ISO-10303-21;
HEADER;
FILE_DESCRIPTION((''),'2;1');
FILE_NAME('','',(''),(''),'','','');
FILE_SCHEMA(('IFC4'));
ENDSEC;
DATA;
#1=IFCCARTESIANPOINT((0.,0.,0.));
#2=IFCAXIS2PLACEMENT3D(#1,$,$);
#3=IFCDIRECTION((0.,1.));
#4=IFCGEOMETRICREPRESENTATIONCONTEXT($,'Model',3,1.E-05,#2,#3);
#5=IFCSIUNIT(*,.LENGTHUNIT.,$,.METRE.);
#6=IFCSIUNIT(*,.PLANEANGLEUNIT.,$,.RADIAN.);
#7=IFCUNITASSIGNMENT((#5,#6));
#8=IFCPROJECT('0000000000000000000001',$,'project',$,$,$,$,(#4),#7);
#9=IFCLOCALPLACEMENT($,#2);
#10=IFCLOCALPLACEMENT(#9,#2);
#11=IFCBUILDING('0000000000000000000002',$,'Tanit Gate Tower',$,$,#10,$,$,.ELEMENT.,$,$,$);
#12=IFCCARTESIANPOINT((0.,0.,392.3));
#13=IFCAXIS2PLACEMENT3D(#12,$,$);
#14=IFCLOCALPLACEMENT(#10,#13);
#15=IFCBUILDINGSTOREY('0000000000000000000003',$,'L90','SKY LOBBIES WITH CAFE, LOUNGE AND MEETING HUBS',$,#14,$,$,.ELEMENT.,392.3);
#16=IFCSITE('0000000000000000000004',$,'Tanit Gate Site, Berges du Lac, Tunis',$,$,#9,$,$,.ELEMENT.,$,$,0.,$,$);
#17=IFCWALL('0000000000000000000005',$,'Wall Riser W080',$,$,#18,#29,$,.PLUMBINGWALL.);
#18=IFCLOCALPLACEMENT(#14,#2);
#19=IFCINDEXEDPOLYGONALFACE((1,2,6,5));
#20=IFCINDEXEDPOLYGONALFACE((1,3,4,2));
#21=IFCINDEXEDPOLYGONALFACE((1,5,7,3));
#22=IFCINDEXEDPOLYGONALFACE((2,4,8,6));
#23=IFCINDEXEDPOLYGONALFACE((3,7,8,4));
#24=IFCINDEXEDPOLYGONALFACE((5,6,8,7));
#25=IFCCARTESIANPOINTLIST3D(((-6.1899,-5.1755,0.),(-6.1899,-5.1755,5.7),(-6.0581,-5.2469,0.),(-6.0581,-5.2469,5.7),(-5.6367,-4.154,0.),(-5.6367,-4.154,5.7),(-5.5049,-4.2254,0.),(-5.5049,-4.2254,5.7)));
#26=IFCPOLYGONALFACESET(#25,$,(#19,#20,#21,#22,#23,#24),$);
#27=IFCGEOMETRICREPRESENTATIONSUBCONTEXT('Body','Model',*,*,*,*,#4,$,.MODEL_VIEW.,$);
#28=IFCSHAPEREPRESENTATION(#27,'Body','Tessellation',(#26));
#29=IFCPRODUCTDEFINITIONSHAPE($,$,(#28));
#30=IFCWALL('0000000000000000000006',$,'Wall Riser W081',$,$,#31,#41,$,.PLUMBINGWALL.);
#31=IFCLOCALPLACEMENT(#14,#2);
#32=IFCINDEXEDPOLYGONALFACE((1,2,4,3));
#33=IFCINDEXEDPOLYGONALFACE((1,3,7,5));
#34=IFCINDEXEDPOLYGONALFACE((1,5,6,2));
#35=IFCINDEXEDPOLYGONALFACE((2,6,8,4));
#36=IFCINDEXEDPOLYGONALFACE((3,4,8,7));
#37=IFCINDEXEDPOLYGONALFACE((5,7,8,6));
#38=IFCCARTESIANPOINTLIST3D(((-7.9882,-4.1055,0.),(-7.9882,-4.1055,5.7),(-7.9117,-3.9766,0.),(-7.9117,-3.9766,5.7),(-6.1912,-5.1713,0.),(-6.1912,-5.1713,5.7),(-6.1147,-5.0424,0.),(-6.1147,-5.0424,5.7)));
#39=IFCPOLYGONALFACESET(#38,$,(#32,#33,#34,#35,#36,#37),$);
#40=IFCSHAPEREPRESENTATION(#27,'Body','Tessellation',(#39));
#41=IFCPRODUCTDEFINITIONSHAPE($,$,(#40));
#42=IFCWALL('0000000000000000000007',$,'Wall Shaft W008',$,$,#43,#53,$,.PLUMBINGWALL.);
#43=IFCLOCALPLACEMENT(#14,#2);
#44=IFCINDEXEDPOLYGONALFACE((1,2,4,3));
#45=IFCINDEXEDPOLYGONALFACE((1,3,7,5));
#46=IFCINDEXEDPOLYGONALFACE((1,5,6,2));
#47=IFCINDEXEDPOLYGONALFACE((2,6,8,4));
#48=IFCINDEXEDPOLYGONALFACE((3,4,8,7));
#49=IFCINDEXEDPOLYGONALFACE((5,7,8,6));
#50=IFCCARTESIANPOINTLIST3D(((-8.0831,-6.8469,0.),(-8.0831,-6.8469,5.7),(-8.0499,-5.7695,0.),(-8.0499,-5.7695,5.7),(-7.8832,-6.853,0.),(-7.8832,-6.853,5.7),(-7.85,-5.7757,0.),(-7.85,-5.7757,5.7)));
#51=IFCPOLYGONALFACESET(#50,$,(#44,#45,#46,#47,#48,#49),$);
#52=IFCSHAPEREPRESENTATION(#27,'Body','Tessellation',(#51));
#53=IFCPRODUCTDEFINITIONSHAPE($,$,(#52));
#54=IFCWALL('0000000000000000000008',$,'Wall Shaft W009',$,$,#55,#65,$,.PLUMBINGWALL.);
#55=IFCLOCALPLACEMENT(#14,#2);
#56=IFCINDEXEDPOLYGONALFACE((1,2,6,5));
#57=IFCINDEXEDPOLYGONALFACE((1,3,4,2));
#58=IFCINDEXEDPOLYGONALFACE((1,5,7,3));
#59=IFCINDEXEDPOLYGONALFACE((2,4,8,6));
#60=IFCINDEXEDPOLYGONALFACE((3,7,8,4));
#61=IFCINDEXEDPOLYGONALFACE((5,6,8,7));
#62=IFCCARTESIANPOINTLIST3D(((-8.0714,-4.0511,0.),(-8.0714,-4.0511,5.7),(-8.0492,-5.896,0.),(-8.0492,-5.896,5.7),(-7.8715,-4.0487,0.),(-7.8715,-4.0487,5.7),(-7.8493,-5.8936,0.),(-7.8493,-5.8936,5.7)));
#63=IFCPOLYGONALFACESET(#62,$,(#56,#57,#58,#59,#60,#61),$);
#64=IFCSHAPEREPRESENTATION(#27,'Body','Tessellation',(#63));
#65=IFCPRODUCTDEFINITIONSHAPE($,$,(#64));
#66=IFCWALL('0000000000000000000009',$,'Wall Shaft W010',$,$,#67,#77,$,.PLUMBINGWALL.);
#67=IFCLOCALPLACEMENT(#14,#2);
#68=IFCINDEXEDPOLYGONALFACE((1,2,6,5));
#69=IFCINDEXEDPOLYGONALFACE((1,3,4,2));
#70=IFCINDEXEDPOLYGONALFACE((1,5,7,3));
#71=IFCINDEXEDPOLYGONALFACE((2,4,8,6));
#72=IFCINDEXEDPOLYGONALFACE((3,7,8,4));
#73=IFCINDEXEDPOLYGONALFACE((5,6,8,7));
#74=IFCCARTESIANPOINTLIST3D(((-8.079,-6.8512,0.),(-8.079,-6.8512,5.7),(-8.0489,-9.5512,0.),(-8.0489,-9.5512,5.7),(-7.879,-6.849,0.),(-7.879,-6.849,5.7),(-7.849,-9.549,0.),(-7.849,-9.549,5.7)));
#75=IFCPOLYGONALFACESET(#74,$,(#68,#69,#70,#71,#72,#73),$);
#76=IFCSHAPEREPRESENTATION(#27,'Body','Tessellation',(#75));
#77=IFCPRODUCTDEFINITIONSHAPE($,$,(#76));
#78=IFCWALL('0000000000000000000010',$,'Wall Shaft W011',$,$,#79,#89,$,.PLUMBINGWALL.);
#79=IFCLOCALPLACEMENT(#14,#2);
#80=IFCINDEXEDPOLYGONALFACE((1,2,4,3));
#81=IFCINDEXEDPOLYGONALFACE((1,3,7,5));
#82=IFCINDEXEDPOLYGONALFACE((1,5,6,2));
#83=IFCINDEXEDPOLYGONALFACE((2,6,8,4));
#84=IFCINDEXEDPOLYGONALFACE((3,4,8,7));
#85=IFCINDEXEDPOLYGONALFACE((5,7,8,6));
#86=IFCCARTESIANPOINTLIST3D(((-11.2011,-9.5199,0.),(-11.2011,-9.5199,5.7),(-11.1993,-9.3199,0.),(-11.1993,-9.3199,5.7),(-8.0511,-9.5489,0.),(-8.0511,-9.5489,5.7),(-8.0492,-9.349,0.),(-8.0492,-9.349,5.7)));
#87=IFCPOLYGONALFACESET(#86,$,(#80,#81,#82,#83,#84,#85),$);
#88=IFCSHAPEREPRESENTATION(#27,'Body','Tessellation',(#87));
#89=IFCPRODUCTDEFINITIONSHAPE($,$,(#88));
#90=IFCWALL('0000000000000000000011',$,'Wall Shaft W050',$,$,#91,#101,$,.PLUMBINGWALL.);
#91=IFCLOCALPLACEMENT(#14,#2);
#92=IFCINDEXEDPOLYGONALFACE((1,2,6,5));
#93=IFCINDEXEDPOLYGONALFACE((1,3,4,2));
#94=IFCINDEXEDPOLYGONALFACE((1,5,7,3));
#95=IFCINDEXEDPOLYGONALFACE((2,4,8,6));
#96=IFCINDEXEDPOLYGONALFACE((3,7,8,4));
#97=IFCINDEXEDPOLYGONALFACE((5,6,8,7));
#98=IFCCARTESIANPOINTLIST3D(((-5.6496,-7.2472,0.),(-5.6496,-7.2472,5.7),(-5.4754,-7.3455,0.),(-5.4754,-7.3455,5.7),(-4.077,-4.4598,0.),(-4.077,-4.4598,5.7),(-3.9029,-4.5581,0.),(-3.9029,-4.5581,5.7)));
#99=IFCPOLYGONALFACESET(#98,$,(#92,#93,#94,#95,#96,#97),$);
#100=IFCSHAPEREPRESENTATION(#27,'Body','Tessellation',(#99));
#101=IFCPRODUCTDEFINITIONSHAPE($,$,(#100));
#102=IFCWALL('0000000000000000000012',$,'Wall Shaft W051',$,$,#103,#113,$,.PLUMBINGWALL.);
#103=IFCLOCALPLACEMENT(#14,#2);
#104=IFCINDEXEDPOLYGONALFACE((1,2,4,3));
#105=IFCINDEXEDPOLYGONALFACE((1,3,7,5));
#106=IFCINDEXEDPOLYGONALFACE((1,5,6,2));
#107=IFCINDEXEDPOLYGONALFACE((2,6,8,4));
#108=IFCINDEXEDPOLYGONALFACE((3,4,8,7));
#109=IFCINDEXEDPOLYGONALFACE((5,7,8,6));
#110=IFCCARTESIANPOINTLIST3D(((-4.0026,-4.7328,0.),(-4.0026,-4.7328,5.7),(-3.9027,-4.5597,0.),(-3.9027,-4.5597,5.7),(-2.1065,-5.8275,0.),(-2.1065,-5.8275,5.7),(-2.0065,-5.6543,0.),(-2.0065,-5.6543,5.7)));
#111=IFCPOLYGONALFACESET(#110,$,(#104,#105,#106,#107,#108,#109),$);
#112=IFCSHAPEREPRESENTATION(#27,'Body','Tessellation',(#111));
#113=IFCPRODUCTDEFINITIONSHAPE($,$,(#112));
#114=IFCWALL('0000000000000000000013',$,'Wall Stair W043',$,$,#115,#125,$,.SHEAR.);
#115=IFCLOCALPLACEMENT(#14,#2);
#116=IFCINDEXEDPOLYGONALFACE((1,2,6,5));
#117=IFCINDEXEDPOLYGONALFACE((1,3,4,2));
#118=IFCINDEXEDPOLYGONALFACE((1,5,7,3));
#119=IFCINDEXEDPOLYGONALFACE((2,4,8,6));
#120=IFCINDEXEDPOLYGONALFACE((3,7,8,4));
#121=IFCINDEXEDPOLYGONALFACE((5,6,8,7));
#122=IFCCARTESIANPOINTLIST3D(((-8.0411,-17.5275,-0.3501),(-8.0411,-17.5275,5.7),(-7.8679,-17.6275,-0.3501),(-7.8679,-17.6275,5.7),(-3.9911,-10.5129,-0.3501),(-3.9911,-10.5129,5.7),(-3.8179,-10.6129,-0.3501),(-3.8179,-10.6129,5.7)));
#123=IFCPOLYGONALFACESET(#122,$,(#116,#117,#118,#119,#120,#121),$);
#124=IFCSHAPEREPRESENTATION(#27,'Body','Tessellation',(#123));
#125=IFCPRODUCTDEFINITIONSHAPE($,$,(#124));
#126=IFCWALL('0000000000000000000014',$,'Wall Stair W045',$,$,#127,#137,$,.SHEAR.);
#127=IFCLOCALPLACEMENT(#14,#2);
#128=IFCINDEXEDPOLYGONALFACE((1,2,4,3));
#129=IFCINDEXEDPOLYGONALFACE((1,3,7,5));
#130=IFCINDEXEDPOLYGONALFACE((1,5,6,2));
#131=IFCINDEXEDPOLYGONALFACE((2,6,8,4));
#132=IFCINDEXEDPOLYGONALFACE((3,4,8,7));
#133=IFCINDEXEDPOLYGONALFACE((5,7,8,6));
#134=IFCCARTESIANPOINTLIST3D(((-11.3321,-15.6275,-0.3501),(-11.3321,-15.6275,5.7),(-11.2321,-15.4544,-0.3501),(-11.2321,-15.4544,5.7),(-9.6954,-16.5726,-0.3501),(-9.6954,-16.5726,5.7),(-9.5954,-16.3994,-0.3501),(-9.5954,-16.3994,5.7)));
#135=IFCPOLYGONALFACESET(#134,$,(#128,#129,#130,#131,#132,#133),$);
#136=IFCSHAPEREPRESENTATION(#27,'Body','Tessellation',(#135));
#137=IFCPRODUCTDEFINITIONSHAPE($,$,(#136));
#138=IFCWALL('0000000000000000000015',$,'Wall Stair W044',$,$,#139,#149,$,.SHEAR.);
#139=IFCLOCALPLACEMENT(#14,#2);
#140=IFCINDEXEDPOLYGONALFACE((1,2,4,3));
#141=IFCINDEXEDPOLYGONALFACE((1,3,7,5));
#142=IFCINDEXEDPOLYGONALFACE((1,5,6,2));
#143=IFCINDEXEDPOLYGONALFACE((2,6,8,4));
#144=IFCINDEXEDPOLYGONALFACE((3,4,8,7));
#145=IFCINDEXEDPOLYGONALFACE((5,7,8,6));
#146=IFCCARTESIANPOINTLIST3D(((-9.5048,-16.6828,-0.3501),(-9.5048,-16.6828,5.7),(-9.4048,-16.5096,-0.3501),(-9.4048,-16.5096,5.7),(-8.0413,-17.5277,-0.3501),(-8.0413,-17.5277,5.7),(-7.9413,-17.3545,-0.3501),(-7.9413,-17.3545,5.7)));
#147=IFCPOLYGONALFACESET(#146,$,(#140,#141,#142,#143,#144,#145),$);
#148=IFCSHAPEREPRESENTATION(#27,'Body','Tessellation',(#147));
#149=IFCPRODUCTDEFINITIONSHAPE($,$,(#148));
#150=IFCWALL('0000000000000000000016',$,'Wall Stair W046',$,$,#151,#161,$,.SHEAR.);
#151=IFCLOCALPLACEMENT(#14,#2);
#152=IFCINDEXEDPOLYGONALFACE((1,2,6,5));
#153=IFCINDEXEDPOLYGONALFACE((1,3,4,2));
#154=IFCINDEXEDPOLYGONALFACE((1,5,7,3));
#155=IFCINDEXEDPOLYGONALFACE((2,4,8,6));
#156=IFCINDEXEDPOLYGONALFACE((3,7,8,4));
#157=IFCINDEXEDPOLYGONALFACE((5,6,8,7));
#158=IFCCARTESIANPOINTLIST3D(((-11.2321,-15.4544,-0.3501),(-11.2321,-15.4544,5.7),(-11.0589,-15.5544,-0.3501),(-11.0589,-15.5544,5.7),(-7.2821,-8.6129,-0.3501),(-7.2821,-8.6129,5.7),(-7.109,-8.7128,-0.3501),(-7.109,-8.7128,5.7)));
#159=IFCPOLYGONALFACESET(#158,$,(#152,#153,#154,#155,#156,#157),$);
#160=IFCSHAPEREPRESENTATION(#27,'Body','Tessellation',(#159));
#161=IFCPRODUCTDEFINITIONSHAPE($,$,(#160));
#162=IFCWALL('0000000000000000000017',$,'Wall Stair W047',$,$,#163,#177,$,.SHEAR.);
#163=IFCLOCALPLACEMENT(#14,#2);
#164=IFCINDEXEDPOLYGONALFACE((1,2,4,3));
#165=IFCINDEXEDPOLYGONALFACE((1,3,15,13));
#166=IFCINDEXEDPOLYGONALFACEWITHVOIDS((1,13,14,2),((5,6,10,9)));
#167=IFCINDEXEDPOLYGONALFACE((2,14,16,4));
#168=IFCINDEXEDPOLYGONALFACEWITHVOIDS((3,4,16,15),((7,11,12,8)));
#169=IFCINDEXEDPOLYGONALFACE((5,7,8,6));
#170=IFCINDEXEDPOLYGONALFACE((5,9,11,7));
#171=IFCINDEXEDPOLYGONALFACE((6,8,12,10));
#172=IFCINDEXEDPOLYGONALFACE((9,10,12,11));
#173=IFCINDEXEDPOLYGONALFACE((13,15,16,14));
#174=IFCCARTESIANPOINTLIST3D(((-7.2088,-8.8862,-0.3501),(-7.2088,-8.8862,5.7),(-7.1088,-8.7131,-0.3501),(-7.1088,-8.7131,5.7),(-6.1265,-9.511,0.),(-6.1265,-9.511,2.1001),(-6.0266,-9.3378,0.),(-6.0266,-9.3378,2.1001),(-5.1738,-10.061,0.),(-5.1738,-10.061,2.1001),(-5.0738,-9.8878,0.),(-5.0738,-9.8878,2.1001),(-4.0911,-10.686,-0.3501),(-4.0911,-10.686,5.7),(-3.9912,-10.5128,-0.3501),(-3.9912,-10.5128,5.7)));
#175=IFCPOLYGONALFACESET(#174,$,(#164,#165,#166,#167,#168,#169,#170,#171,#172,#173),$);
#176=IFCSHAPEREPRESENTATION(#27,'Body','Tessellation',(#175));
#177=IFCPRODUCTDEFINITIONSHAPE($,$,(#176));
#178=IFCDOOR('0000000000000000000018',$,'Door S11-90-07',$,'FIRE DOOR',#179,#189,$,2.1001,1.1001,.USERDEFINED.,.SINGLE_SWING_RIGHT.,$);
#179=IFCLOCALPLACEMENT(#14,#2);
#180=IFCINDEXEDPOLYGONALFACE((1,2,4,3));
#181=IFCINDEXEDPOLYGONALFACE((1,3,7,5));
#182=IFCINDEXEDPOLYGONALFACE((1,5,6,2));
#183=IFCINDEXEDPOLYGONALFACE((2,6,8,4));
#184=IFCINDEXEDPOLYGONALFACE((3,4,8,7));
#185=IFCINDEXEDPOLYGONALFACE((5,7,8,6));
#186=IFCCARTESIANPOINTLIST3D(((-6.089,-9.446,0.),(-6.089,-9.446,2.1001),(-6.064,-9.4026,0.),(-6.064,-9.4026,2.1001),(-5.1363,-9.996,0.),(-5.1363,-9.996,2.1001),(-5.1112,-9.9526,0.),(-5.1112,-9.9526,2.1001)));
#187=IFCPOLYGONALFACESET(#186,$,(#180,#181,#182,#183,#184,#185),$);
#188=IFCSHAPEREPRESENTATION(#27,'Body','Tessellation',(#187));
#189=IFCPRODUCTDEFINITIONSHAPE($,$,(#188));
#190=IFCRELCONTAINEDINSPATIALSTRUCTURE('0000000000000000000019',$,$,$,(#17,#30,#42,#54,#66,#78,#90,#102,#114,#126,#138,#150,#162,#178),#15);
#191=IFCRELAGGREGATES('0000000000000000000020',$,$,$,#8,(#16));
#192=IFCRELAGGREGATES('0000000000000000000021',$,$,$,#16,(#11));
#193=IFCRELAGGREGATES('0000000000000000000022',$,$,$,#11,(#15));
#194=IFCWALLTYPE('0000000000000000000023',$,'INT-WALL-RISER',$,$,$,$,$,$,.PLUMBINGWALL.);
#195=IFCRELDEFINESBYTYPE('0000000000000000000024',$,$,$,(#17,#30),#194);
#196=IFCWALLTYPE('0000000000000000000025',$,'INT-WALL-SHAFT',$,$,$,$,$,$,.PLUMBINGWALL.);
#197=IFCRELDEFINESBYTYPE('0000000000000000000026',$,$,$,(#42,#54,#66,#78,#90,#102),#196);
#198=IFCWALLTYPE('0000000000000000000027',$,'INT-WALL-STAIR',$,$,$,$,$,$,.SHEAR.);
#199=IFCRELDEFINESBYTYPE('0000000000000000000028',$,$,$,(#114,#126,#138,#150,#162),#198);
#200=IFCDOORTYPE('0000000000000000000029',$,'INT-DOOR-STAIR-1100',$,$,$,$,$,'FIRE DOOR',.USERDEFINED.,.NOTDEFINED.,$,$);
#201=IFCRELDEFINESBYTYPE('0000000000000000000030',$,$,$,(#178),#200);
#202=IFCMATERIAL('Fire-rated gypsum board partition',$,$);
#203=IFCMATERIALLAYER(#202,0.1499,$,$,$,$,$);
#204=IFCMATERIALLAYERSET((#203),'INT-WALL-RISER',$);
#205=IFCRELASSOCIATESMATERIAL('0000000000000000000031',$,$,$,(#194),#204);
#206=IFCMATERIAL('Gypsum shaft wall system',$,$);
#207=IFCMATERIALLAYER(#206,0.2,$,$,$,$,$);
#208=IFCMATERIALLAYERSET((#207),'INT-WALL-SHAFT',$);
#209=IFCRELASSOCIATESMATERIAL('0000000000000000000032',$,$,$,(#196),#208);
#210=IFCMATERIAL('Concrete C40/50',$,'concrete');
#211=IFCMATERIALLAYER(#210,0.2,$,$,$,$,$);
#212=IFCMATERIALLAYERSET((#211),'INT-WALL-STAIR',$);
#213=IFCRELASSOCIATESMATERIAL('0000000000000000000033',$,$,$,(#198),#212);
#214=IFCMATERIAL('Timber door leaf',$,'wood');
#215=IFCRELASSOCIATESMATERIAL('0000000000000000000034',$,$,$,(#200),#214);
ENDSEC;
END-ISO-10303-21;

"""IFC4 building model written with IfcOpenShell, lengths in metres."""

from ifc_helpers import new_model, si_unit, direction, frame, frame_2d, origin, place, context, subcontext, project, spatial, rectangle, extrude, material, layer, layer_set, type_object, element, fill, save


model = new_model("IFC4")

# Units and contexts
model_context = context("Model", 3, precision=1e-05, world=origin(), true_north=direction((0.0, 1.0)))
body_context = subcontext(model_context, "Body", "Model", "MODEL_VIEW")
ifc_project = project(units=[si_unit("LENGTHUNIT", "METRE"), si_unit("PLANEANGLEUNIT", "RADIAN")], contexts=[model_context])

# Site, building, storey
site_placement = place(None, origin())
site = spatial("IfcSite", under=ifc_project, at=site_placement, Name="Tanit Gate Site, Berges du Lac, Tunis", CompositionType="ELEMENT", RefElevation=0.0)
building_placement = place(site_placement, origin())
building = spatial("IfcBuilding", under=site, at=building_placement, Name="Tanit Gate Tower", CompositionType="ELEMENT")
storey_placement = place(building_placement, frame((0.0, 0.0, 392.3)))
storey = spatial("IfcBuildingStorey", under=building, at=storey_placement, Name="L90", Description="SKY LOBBIES WITH CAFE, LOUNGE AND MEETING HUBS", CompositionType="ELEMENT", Elevation=392.3)

# Walls
ifc_material_1 = material(Name="Fire-rated gypsum board partition")
ifc_layer_1 = layer(ifc_material_1, 0.1499)
ifc_layer_set_1 = layer_set([ifc_layer_1], Name="INT-WALL-RISER")
wall_type_1 = type_object("IfcWallType", Name="INT-WALL-RISER", PredefinedType="PLUMBINGWALL", material=ifc_layer_set_1)
wall_1_placement = place(storey_placement, frame((-6.124, -5.2112, 0.0), z_axis=(0.0, 0.0, 1.0), x_axis=(0.476229, 0.879321, 0.0)))
element("IfcWall", 1, at=wall_1_placement, inside=storey, type_object=wall_type_1, Name="Wall Riser W080", PredefinedType="PLUMBINGWALL", context=body_context, shape_type="SweptSolid", body=[
    extrude(rectangle(XDim=1.1616, YDim=0.1499, at=frame_2d((0.5808, 0.0))), origin(), (0.0, 0.0, 1.0), 5.7),
])
wall_2_placement = place(storey_placement, frame((-7.95, -4.041, 0.0), z_axis=(0.0, 0.0, 1.0), x_axis=(0.86009, -0.510142, 0.0)))
element("IfcWall", 2, at=wall_2_placement, inside=storey, type_object=wall_type_1, Name="Wall Riser W081", PredefinedType="PLUMBINGWALL", context=body_context, shape_type="SweptSolid", body=[
    extrude(rectangle(XDim=2.0894, YDim=0.1499, at=frame_2d((1.0447, 0.0))), origin(), (0.0, 0.0, 1.0), 5.7),
])
ifc_material_2 = material(Name="Gypsum shaft wall system")
ifc_layer_2 = layer(ifc_material_2, 0.2)
ifc_layer_set_2 = layer_set([ifc_layer_2], Name="INT-WALL-SHAFT")
wall_type_2 = type_object("IfcWallType", Name="INT-WALL-SHAFT", PredefinedType="PLUMBINGWALL", material=ifc_layer_set_2)
wall_3_placement = place(storey_placement, frame((-7.95, -5.7725, 0.0), z_axis=(0.0, 0.0, 1.0), x_axis=(-0.030803, -0.999525, 0.0)))
element("IfcWall", 3, at=wall_3_placement, inside=storey, type_object=wall_type_2, Name="Wall Shaft W008", PredefinedType="PLUMBINGWALL", context=body_context, shape_type="SweptSolid", body=[
    extrude(rectangle(XDim=1.0779, YDim=0.2, at=frame_2d((0.5391, 0.0))), origin(), (0.0, 0.0, 1.0), 5.7),
])
wall_4_placement = place(storey_placement, frame((-7.9714, -4.05, 0.0), z_axis=(0.0, 0.0, 1.0), x_axis=(0.012043, -0.999927, 0.0)))
element("IfcWall", 4, at=wall_4_placement, inside=storey, type_object=wall_type_2, Name="Wall Shaft W009", PredefinedType="PLUMBINGWALL", context=body_context, shape_type="SweptSolid", body=[
    extrude(rectangle(XDim=1.845, YDim=0.2, at=frame_2d((0.9224, 0.0))), origin(), (0.0, 0.0, 1.0), 5.7),
])
wall_5_placement = place(storey_placement, frame((-7.979, -6.8501, 0.0), z_axis=(0.0, 0.0, 1.0), x_axis=(0.011121, -0.999938, 0.0)))
element("IfcWall", 5, at=wall_5_placement, inside=storey, type_object=wall_type_2, Name="Wall Shaft W010", PredefinedType="PLUMBINGWALL", context=body_context, shape_type="SweptSolid", body=[
    extrude(rectangle(XDim=2.7002, YDim=0.2, at=frame_2d((1.3501, 0.0))), origin(), (0.0, 0.0, 1.0), 5.7),
])
wall_6_placement = place(storey_placement, frame((-8.05, -9.449, 0.0), z_axis=(0.0, 0.0, 1.0), x_axis=(-0.999957, 0.009223, 0.0)))
element("IfcWall", 6, at=wall_6_placement, inside=storey, type_object=wall_type_2, Name="Wall Shaft W011", PredefinedType="PLUMBINGWALL", context=body_context, shape_type="SweptSolid", body=[
    extrude(rectangle(XDim=3.1501, YDim=0.2, at=frame_2d((1.5752, 0.0))), origin(), (0.0, 0.0, 1.0), 5.7),
])

# Walls
wall_7_placement = place(storey_placement, frame((-3.99, -4.509, 0.0), z_axis=(0.0, 0.0, 1.0), x_axis=(-0.491358, -0.870958, 0.0)))
element("IfcWall", 7, at=wall_7_placement, inside=storey, type_object=wall_type_2, Name="Wall Shaft W050", PredefinedType="PLUMBINGWALL", context=body_context, shape_type="SweptSolid", body=[
    extrude(rectangle(XDim=3.2004, YDim=0.2, at=frame_2d((1.6001, 0.0))), origin(), (0.0, 0.0, 1.0), 5.7),
])
wall_8_placement = place(storey_placement, frame((-3.9526, -4.6462, 0.0), z_axis=(0.0, 0.0, 1.0), x_axis=(0.866039, -0.499977, 0.0)))
element("IfcWall", 8, at=wall_8_placement, inside=storey, type_object=wall_type_2, Name="Wall Shaft W051", PredefinedType="PLUMBINGWALL", context=body_context, shape_type="SweptSolid", body=[
    extrude(rectangle(XDim=2.1895, YDim=0.2, at=frame_2d((1.0947, 0.0))), origin(), (0.0, 0.0, 1.0), 5.7),
])
ifc_material_3 = material(Name="Concrete C40/50", Category="concrete")
ifc_layer_3 = layer(ifc_material_3, 0.2)
ifc_layer_set_3 = layer_set([ifc_layer_3], Name="INT-WALL-STAIR")
wall_type_3 = type_object("IfcWallType", Name="INT-WALL-STAIR", PredefinedType="SHEAR", material=ifc_layer_set_3)
wall_9_placement = place(storey_placement, frame((-3.9045, -10.563, -0.3501), z_axis=(0.0, 0.0, 1.0), x_axis=(-0.500013, -0.866018, 0.0)))
element("IfcWall", 9, at=wall_9_placement, inside=storey, type_object=wall_type_3, Name="Wall Stair W043", PredefinedType="SHEAR", context=body_context, shape_type="SweptSolid", body=[
    extrude(rectangle(XDim=8.0999, YDim=0.2, at=frame_2d((4.0498, 0.0))), origin(), (0.0, 0.0, 1.0), 6.05),
])
wall_10_placement = place(storey_placement, frame((-11.282, -15.541, -0.3501), z_axis=(0.0, 0.0, 1.0), x_axis=(0.866001, -0.500043, 0.0)))
element("IfcWall", 10, at=wall_10_placement, inside=storey, type_object=wall_type_3, Name="Wall Stair W045", PredefinedType="SHEAR", context=body_context, shape_type="SweptSolid", body=[
    extrude(rectangle(XDim=1.8899, YDim=0.2, at=frame_2d((0.9448, 0.0))), origin(), (0.0, 0.0, 1.0), 6.05),
])
wall_11_placement = place(storey_placement, frame((-9.4548, -16.5962, -0.3501), z_axis=(0.0, 0.0, 1.0), x_axis=(0.866039, -0.499977, 0.0)))
element("IfcWall", 11, at=wall_11_placement, inside=storey, type_object=wall_type_3, Name="Wall Stair W044", PredefinedType="SHEAR", context=body_context, shape_type="SweptSolid", body=[
    extrude(rectangle(XDim=1.6899, YDim=0.2, at=frame_2d((0.845, 0.0))), origin(), (0.0, 0.0, 1.0), 6.05),
])
wall_12_placement = place(storey_placement, frame((-7.1956, -8.6628, -0.3501), z_axis=(0.0, 0.0, 1.0), x_axis=(-0.499998, -0.866027, 0.0)))
element("IfcWall", 12, at=wall_12_placement, inside=storey, type_object=wall_type_3, Name="Wall Stair W046", PredefinedType="SHEAR", context=body_context, shape_type="SweptSolid", body=[
    extrude(rectangle(XDim=7.8999, YDim=0.2, at=frame_2d((3.95, 0.0))), origin(), (0.0, 0.0, 1.0), 6.05),
])

# Wall, opening, door
wall_13_placement = place(storey_placement, frame((-4.0413, -10.5994, -0.3501), z_axis=(0.0, 0.0, 1.0), x_axis=(-0.866048, 0.499961, 0.0)))
wall_13 = element("IfcWall", 13, at=wall_13_placement, inside=storey, type_object=wall_type_3, Name="Wall Stair W047", PredefinedType="SHEAR", context=body_context, shape_type="SweptSolid", body=[
    extrude(rectangle(XDim=3.5999, YDim=0.2, at=frame_2d((1.7998, 0.0))), origin(), (0.0, 0.0, 1.0), 6.05),
])
opening_1_placement = place(wall_13_placement, frame((1.25, 0.0, 0.3501)))
opening_1 = element("IfcOpeningElement", 14, at=opening_1_placement, cuts=wall_13, PredefinedType="OPENING", context=body_context, shape_type="SweptSolid", body=[
    extrude(rectangle(XDim=1.1001, YDim=2.1001, at=frame_2d((0.55, 1.05))), frame((0.0, 0.1099, 0.0), z_axis=(0.0, -1.0, 0.0), x_axis=(1.0, 0.0, 0.0)), (0.0, 0.0, 1.0), 0.22),
])
ifc_material_4 = material(Name="Timber door leaf", Category="wood")
door_type_1 = type_object("IfcDoorType", Name="INT-DOOR-STAIR-1100", ElementType="FIRE DOOR", OperationType="NOTDEFINED", PredefinedType="USERDEFINED", material=ifc_material_4)
door_1_placement = place(opening_1_placement, origin())
door_1 = element("IfcDoor", 15, at=door_1_placement, inside=storey, type_object=door_type_1, Name="Door S11-90-07", ObjectType="FIRE DOOR", OperationType="SINGLE_SWING_RIGHT", OverallHeight=2.1001, OverallWidth=1.1001, PredefinedType="USERDEFINED", context=body_context, shape_type="SweptSolid", body=[
    extrude(rectangle(XDim=1.1001, YDim=2.1001, at=frame_2d((0.55, 1.05))), frame((0.0, 0.0249, 0.0), z_axis=(0.0, -1.0, 0.0), x_axis=(1.0, 0.0, 0.0)), (0.0, 0.0, 1.0), 0.05),
])
fill(opening_1, door_1)

save(model, "model.ifc")
